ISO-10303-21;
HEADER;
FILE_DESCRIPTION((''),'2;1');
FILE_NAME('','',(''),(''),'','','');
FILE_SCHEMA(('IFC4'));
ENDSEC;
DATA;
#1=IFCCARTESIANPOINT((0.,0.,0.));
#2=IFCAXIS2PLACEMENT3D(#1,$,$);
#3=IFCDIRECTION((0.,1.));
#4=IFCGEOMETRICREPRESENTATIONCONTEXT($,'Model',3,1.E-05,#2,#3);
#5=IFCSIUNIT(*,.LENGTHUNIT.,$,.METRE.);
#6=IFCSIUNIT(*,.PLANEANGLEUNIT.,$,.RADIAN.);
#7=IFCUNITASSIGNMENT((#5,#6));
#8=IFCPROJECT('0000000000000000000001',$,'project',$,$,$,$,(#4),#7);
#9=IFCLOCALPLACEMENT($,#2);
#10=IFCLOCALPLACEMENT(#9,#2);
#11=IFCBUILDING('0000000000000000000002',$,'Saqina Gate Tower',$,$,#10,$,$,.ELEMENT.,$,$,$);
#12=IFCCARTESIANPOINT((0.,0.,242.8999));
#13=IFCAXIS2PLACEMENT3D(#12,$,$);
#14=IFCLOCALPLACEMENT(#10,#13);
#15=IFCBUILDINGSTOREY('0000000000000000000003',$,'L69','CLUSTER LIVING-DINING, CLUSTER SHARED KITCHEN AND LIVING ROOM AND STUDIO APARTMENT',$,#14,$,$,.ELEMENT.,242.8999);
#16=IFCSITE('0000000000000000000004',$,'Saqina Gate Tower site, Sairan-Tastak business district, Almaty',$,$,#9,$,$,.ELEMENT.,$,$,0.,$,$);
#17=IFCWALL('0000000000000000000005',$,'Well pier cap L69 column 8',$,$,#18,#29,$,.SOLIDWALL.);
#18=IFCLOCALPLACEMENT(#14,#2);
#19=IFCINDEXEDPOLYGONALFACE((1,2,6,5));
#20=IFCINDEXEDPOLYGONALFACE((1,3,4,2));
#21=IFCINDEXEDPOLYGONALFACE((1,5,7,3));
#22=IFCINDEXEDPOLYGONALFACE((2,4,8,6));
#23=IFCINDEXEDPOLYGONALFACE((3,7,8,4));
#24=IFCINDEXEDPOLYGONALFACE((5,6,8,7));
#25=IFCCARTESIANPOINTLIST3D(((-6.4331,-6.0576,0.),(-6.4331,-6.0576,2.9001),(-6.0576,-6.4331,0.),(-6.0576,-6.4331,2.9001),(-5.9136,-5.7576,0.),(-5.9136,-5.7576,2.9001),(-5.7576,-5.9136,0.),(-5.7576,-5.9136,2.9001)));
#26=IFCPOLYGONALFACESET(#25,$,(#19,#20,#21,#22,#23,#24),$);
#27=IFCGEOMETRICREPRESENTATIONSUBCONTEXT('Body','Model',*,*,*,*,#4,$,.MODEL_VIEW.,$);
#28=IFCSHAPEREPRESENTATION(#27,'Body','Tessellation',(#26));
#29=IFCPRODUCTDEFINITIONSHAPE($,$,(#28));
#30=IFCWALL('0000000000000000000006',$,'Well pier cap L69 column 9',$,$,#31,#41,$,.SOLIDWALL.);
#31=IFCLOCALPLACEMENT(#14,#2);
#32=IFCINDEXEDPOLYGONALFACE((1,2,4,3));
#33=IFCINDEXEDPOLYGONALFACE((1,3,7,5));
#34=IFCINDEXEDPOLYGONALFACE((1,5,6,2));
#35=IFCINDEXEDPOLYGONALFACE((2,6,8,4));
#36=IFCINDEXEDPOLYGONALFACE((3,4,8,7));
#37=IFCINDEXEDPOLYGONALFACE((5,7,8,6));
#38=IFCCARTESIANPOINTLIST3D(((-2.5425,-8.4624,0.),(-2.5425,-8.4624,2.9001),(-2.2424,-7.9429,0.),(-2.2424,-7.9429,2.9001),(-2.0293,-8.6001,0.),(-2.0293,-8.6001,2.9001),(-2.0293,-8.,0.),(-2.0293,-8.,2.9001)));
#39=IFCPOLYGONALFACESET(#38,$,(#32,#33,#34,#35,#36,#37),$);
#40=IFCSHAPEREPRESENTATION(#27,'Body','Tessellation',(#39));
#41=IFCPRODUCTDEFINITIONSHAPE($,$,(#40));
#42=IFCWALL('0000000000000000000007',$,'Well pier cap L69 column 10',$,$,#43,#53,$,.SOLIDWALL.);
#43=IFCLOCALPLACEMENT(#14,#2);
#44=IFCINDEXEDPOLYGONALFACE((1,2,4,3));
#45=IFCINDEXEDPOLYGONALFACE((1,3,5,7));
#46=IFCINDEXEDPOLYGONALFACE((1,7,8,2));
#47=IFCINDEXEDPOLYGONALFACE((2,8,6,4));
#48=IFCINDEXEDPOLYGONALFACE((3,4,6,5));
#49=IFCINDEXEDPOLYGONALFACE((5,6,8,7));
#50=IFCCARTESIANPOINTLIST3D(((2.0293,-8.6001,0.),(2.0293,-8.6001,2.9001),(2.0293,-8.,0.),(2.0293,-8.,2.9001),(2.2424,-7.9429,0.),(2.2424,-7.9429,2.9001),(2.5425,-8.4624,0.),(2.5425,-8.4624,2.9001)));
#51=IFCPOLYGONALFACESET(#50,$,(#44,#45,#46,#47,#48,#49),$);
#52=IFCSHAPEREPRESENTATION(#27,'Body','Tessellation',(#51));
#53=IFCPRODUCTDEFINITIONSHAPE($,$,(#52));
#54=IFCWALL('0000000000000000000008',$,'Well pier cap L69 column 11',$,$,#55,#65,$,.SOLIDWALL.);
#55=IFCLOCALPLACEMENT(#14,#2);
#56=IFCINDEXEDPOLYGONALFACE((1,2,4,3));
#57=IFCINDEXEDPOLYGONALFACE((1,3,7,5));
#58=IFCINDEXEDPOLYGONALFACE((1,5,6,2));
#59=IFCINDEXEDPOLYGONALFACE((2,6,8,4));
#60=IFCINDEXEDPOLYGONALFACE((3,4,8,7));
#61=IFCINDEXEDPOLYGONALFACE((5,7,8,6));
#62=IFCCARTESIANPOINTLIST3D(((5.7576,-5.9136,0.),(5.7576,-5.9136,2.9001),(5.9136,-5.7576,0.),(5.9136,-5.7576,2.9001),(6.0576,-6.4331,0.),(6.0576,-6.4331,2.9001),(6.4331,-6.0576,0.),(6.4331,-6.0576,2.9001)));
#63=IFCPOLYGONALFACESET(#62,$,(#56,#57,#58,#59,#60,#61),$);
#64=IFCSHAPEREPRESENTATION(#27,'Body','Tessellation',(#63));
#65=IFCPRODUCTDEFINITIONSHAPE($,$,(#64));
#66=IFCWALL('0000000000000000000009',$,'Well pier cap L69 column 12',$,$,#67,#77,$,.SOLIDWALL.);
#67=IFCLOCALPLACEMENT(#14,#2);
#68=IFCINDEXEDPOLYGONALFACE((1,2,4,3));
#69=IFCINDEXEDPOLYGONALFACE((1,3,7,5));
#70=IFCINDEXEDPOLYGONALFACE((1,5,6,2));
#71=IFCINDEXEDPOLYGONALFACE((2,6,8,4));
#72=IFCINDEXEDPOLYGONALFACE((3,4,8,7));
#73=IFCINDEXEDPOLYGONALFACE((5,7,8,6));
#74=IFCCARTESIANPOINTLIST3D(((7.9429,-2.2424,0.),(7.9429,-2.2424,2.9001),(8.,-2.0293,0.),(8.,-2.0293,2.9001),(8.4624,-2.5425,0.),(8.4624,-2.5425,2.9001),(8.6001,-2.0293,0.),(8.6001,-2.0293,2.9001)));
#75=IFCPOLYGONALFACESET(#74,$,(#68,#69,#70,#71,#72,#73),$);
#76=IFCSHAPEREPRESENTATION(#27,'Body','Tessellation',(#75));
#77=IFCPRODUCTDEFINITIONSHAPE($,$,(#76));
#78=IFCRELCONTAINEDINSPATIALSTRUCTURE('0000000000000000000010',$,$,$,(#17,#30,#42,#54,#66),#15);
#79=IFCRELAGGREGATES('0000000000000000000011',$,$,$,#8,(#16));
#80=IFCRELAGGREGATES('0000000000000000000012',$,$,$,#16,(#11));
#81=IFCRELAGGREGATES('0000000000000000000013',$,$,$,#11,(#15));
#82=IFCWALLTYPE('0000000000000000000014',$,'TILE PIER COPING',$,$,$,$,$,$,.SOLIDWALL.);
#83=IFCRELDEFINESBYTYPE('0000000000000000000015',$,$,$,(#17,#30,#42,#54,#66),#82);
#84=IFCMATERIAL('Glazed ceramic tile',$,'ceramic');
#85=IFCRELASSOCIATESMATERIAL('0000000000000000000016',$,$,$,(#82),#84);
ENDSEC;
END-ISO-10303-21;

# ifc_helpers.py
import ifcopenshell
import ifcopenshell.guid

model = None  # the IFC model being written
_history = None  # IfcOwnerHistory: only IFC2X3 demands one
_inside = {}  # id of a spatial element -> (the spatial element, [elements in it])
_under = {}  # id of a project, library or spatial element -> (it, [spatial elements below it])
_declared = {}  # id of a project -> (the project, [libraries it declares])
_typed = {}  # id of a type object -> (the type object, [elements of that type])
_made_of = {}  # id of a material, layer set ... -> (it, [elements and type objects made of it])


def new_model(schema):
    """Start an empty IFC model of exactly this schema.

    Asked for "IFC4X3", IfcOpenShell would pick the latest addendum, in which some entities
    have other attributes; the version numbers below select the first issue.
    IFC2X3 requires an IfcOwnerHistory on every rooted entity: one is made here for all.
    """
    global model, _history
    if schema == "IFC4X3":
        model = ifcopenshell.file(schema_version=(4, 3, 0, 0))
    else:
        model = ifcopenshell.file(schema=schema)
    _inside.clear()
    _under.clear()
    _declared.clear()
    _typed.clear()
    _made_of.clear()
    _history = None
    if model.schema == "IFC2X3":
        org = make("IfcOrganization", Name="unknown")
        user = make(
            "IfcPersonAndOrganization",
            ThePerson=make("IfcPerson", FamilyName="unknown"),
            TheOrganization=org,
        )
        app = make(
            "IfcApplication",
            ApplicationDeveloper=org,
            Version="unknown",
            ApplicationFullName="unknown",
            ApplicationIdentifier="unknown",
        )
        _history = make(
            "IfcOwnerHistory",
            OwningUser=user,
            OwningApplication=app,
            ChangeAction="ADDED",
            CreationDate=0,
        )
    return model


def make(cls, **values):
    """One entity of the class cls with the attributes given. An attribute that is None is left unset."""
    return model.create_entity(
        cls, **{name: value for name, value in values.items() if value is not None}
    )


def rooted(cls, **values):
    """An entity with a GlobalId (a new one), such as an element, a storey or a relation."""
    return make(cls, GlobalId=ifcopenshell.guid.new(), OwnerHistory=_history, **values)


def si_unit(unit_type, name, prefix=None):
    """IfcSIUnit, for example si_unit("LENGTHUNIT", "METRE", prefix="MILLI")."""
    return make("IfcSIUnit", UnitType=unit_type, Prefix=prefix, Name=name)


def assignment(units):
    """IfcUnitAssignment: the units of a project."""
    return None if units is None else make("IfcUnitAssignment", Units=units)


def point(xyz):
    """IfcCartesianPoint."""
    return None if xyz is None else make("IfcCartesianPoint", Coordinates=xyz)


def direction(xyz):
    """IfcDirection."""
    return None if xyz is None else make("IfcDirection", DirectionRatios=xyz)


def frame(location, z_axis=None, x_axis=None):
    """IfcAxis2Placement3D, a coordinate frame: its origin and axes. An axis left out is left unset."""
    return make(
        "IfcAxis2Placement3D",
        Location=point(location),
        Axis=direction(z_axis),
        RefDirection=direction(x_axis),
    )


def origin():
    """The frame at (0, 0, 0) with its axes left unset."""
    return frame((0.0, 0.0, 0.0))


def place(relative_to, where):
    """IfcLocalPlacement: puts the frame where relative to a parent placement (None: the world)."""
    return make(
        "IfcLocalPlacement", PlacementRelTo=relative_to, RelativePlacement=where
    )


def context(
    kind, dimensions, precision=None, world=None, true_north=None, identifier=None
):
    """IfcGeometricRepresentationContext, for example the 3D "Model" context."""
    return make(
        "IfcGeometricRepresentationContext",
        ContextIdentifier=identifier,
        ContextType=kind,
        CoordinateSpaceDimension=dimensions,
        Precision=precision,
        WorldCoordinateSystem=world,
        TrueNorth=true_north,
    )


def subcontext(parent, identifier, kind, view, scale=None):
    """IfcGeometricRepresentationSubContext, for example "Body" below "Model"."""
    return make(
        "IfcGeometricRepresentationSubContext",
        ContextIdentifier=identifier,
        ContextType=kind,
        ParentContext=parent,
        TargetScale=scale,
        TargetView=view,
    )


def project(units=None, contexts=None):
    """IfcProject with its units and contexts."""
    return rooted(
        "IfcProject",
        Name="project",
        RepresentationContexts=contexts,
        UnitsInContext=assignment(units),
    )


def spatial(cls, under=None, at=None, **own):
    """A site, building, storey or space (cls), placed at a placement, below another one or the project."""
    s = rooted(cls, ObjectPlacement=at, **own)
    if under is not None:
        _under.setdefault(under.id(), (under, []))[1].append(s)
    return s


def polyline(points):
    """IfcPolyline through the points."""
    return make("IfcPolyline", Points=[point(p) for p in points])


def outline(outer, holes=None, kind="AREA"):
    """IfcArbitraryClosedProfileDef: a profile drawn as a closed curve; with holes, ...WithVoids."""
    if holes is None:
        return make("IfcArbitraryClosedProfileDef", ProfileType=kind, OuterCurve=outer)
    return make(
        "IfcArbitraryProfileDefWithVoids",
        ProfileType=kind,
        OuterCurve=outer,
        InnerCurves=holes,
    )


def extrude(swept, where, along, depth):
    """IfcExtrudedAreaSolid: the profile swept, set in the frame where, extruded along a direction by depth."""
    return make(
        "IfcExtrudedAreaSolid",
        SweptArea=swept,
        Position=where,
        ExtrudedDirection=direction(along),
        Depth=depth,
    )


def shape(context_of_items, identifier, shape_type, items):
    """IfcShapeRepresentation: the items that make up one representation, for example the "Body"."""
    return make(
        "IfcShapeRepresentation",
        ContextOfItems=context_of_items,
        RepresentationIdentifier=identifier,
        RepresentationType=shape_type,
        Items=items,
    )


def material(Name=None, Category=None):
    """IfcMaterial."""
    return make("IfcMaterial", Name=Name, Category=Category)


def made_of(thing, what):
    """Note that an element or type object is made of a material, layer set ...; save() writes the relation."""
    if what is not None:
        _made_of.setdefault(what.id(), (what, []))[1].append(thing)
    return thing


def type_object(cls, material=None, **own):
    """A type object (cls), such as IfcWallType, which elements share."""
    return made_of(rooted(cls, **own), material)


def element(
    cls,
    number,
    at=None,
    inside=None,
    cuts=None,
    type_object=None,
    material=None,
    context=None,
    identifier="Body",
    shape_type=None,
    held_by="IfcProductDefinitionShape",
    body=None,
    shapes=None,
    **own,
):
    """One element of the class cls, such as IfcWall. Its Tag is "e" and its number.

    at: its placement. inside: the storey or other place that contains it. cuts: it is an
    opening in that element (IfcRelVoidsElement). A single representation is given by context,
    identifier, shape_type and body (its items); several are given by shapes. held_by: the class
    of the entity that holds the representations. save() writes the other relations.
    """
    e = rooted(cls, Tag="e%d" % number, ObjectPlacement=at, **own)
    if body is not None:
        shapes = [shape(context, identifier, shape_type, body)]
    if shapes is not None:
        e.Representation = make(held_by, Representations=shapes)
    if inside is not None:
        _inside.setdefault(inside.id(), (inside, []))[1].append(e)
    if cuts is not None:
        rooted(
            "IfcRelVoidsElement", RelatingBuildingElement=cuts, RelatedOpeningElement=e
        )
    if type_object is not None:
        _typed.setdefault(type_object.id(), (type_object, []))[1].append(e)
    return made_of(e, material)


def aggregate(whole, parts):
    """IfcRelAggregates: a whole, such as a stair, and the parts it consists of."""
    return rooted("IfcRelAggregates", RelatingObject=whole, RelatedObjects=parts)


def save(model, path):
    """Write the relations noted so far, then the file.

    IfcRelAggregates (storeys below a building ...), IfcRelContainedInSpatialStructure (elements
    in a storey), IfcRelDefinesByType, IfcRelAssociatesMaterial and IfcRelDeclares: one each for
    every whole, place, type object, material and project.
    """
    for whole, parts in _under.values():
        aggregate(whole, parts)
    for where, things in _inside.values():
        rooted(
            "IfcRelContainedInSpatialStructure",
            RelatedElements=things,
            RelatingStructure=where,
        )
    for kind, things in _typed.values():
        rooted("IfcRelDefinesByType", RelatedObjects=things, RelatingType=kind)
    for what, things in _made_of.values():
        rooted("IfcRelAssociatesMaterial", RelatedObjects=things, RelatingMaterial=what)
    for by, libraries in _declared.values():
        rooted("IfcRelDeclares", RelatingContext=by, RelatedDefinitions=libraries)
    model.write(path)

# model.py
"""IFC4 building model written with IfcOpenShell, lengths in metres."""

from ifc_helpers import new_model, si_unit, direction, frame, origin, place, context, subcontext, project, spatial, polyline, outline, extrude, material, type_object, element, save


model = new_model("IFC4")

# Units and contexts
model_context = context("Model", 3, precision=1e-05, world=origin(), true_north=direction((0.0, 1.0)))
body_context = subcontext(model_context, "Body", "Model", "MODEL_VIEW")
ifc_project = project(units=[si_unit("LENGTHUNIT", "METRE"), si_unit("PLANEANGLEUNIT", "RADIAN")], contexts=[model_context])

# Site, building, storey
site_placement = place(None, origin())
site = spatial("IfcSite", under=ifc_project, at=site_placement, Name="Saqina Gate Tower site, Sairan-Tastak business district, Almaty", CompositionType="ELEMENT", RefElevation=0.0)
building_placement = place(site_placement, origin())
building = spatial("IfcBuilding", under=site, at=building_placement, Name="Saqina Gate Tower", CompositionType="ELEMENT")
storey_placement = place(building_placement, frame((0.0, 0.0, 242.8999)))
storey = spatial("IfcBuildingStorey", under=building, at=storey_placement, Name="L69", Description="CLUSTER LIVING-DINING, CLUSTER SHARED KITCHEN AND LIVING ROOM AND STUDIO APARTMENT", CompositionType="ELEMENT", Elevation=242.8999)

# Walls
ifc_material_1 = material(Name="Glazed ceramic tile", Category="ceramic")
wall_type_1 = type_object("IfcWallType", Name="TILE PIER COPING", PredefinedType="SOLIDWALL", material=ifc_material_1)
wall_1_placement = place(storey_placement, origin())
element("IfcWall", 1, at=wall_1_placement, inside=storey, type_object=wall_type_1, Name="Well pier cap L69 column 8", PredefinedType="SOLIDWALL", context=body_context, shape_type="SweptSolid", body=[
    extrude(outline(polyline([(-6.0576, -6.4331), (-5.7576, -5.9136), (-5.9136, -5.7576), (-6.4331, -6.0576), (-6.0576, -6.4331)])), origin(), (0.0, 0.0, 1.0), 2.9001),
])
wall_2_placement = place(storey_placement, origin())
element("IfcWall", 2, at=wall_2_placement, inside=storey, type_object=wall_type_1, Name="Well pier cap L69 column 9", PredefinedType="SOLIDWALL", context=body_context, shape_type="SweptSolid", body=[
    extrude(outline(polyline([(-2.0293, -8.6001), (-2.0293, -8.0), (-2.2424, -7.9429), (-2.5425, -8.4624), (-2.0293, -8.6001)])), origin(), (0.0, 0.0, 1.0), 2.9001),
])
wall_3_placement = place(storey_placement, origin())
element("IfcWall", 3, at=wall_3_placement, inside=storey, type_object=wall_type_1, Name="Well pier cap L69 column 10", PredefinedType="SOLIDWALL", context=body_context, shape_type="SweptSolid", body=[
    extrude(outline(polyline([(2.5425, -8.4624), (2.2424, -7.9429), (2.0293, -8.0), (2.0293, -8.6001), (2.5425, -8.4624)])), origin(), (0.0, 0.0, 1.0), 2.9001),
])
wall_4_placement = place(storey_placement, origin())
element("IfcWall", 4, at=wall_4_placement, inside=storey, type_object=wall_type_1, Name="Well pier cap L69 column 11", PredefinedType="SOLIDWALL", context=body_context, shape_type="SweptSolid", body=[
    extrude(outline(polyline([(6.4331, -6.0576), (5.9136, -5.7576), (5.7576, -5.9136), (6.0576, -6.4331), (6.4331, -6.0576)])), origin(), (0.0, 0.0, 1.0), 2.9001),
])
wall_5_placement = place(storey_placement, origin())
element("IfcWall", 5, at=wall_5_placement, inside=storey, type_object=wall_type_1, Name="Well pier cap L69 column 12", PredefinedType="SOLIDWALL", context=body_context, shape_type="SweptSolid", body=[
    extrude(outline(polyline([(8.6001, -2.0293), (8.0, -2.0293), (7.9429, -2.2424), (8.4624, -2.5425), (8.6001, -2.0293)])), origin(), (0.0, 0.0, 1.0), 2.9001),
])

save(model, "model.ifc")
